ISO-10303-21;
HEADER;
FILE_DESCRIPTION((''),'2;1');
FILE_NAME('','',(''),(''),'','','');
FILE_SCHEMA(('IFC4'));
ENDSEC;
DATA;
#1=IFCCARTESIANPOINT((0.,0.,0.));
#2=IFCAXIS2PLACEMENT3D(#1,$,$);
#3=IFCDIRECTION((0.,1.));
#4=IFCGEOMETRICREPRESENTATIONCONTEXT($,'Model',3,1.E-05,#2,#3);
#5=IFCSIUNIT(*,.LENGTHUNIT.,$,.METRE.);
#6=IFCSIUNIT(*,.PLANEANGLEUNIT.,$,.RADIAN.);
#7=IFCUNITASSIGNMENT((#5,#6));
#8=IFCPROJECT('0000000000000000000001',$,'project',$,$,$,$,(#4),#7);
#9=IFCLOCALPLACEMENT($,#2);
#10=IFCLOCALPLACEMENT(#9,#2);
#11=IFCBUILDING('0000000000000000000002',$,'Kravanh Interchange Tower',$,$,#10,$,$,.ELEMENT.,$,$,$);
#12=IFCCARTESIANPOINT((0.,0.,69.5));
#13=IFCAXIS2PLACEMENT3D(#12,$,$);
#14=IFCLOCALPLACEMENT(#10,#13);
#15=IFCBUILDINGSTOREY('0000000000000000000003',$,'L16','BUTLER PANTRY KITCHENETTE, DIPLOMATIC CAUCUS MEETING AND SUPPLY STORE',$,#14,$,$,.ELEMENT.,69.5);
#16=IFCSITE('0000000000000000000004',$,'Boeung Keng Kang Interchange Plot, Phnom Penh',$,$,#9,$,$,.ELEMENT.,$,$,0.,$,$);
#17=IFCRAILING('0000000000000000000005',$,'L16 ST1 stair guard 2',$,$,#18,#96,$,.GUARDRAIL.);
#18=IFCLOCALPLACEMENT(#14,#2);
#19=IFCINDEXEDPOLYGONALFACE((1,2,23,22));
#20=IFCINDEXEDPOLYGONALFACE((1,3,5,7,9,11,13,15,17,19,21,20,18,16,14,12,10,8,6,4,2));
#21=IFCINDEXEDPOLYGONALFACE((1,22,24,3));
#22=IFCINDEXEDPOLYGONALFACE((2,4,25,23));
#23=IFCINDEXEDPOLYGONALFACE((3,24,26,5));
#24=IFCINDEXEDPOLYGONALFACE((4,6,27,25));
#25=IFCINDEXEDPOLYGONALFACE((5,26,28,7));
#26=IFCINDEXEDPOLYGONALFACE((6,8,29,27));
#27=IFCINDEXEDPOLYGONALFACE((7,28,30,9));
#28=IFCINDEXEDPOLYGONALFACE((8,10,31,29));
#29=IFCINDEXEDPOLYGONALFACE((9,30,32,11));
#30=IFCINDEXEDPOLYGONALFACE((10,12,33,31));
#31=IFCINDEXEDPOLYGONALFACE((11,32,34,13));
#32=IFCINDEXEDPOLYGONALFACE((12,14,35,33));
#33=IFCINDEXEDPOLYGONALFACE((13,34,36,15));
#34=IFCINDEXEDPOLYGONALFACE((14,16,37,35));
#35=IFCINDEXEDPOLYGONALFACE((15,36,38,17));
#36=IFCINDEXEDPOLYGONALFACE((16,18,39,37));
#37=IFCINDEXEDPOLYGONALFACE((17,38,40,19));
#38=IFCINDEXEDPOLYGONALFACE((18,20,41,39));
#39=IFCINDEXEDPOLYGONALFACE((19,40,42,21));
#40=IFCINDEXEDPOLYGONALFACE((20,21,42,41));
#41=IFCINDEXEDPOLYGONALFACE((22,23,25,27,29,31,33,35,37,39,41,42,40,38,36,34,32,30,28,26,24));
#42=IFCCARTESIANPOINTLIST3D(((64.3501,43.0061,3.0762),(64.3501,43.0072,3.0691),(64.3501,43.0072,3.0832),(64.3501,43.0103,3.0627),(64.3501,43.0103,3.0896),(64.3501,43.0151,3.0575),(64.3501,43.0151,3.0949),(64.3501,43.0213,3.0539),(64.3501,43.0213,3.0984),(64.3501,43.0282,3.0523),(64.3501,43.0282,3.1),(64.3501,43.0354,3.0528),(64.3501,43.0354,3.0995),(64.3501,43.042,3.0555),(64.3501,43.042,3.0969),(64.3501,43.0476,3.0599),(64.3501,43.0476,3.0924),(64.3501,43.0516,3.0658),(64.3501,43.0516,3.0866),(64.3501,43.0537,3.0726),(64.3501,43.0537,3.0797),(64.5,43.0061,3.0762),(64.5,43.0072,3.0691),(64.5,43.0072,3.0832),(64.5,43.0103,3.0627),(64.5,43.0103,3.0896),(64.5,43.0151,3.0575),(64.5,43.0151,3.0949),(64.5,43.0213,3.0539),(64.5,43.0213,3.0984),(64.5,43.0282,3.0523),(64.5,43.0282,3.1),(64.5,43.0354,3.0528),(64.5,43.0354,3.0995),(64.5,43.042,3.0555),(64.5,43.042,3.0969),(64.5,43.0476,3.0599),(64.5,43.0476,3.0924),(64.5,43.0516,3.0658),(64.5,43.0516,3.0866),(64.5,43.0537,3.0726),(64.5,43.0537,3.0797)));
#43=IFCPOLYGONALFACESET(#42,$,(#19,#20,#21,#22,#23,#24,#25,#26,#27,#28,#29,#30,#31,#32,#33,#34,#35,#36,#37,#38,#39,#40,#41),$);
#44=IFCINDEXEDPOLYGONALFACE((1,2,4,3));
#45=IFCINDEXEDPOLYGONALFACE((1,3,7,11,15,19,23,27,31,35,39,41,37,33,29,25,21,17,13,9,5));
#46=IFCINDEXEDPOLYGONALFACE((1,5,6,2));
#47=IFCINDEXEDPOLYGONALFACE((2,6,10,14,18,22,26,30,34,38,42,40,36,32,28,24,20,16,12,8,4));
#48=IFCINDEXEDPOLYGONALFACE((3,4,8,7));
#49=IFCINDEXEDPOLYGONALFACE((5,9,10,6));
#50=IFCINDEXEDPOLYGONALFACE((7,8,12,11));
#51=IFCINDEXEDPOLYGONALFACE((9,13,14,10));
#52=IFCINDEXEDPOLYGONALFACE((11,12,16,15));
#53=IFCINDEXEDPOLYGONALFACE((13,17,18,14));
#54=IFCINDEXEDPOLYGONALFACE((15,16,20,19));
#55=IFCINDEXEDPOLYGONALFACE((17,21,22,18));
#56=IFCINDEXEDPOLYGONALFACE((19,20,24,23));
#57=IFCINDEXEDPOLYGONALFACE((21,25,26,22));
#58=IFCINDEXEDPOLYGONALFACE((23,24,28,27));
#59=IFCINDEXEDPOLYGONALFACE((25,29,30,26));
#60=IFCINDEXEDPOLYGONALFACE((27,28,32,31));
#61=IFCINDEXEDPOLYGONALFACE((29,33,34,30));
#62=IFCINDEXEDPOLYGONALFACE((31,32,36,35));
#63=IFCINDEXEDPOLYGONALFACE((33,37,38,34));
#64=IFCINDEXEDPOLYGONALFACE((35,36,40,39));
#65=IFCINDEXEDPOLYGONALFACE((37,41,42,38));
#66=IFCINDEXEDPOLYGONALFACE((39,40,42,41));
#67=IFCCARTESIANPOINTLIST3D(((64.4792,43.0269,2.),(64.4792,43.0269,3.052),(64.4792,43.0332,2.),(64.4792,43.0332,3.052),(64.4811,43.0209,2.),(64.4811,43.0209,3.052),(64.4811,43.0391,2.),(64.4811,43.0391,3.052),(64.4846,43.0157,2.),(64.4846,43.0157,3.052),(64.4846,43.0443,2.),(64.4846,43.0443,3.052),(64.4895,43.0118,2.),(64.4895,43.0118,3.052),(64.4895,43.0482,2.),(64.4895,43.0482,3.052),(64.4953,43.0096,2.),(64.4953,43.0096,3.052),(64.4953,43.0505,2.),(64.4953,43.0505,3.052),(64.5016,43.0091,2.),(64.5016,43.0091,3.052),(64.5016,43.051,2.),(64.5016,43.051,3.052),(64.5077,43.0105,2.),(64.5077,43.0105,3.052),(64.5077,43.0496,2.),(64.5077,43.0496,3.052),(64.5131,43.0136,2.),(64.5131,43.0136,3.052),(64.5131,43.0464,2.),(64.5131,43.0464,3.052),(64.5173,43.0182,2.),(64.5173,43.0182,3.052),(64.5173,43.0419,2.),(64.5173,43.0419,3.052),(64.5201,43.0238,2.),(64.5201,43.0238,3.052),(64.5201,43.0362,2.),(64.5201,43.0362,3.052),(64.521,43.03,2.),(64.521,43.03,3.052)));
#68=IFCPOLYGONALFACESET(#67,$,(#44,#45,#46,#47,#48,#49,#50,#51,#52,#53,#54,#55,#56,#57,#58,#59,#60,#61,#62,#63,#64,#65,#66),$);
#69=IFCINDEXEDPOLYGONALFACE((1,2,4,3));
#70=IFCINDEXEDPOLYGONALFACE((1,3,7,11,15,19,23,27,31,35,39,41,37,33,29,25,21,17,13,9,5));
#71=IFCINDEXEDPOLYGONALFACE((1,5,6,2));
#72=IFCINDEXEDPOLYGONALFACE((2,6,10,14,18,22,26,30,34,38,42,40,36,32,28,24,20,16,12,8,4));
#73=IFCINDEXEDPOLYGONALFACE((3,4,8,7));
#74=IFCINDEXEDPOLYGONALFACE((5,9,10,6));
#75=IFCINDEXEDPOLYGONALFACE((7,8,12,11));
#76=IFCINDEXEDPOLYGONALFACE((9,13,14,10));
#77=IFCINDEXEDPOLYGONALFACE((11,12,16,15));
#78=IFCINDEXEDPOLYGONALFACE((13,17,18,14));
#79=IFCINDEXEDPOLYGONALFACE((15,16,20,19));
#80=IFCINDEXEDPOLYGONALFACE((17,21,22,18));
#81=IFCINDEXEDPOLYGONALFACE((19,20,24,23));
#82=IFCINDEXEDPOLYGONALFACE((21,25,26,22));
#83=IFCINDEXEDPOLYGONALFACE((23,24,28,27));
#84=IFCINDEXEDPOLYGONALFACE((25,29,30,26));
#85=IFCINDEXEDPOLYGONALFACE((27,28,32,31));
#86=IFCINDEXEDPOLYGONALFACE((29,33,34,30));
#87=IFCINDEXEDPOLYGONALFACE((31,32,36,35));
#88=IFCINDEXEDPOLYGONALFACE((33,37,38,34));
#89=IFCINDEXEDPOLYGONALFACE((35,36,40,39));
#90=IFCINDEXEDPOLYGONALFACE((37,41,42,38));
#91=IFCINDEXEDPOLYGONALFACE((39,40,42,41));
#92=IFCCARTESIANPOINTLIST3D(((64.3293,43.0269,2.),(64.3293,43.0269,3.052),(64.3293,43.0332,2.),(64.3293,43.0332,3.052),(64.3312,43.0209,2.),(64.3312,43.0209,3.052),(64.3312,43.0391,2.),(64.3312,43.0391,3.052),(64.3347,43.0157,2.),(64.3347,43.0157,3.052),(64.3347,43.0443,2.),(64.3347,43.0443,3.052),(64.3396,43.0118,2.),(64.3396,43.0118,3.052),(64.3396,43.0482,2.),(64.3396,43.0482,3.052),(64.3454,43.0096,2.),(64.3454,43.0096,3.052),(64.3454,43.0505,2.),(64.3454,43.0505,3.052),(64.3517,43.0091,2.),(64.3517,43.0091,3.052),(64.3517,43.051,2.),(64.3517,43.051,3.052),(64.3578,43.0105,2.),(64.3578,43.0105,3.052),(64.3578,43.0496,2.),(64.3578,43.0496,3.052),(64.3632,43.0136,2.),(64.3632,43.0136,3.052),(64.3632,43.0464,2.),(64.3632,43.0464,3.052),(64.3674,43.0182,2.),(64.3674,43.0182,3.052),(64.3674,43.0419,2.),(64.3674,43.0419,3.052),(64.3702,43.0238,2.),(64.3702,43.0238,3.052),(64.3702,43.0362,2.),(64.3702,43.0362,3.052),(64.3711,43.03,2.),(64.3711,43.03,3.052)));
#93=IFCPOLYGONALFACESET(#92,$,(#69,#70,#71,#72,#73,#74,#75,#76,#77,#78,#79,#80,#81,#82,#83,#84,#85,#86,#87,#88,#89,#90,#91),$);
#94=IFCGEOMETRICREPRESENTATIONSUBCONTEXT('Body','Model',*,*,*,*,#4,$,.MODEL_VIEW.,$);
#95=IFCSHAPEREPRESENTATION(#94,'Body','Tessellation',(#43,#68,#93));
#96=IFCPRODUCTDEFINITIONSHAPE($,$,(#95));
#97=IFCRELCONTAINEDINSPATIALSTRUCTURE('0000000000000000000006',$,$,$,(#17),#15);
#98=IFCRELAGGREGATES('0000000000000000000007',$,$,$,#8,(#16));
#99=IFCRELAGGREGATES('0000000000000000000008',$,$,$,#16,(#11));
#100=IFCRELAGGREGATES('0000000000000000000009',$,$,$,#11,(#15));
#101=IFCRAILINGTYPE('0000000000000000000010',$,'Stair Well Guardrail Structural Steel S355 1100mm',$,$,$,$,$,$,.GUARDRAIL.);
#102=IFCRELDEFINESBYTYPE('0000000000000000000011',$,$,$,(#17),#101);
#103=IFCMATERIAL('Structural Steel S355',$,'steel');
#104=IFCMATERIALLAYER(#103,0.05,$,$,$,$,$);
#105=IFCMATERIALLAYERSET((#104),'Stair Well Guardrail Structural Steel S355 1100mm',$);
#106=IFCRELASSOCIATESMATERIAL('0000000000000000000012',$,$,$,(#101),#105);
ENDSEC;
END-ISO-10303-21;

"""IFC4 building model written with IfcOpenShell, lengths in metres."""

from ifc_helpers import new_model, si_unit, direction, frame, origin, origin_2d, place, context, subcontext, project, spatial, circle, extrude, material, layer, layer_set, type_object, element, save


model = new_model("IFC4")

# Units and contexts
model_context = context("Model", 3, precision=1e-05, world=origin(), true_north=direction((0.0, 1.0)))
body_context = subcontext(model_context, "Body", "Model", "MODEL_VIEW")
ifc_project = project(units=[si_unit("LENGTHUNIT", "METRE"), si_unit("PLANEANGLEUNIT", "RADIAN")], contexts=[model_context])

# Site, building, storey
site_placement = place(None, origin())
site = spatial("IfcSite", under=ifc_project, at=site_placement, Name="Boeung Keng Kang Interchange Plot, Phnom Penh", CompositionType="ELEMENT", RefElevation=0.0)
building_placement = place(site_placement, origin())
building = spatial("IfcBuilding", under=site, at=building_placement, Name="Kravanh Interchange Tower", CompositionType="ELEMENT")
storey_placement = place(building_placement, frame((0.0, 0.0, 69.5)))
storey = spatial("IfcBuildingStorey", under=building, at=storey_placement, Name="L16", Description="BUTLER PANTRY KITCHENETTE, DIPLOMATIC CAUCUS MEETING AND SUPPLY STORE", CompositionType="ELEMENT", Elevation=69.5)

# Railing
ifc_material_1 = material(Name="Structural Steel S355", Category="steel")
ifc_layer_1 = layer(ifc_material_1, 0.05)
ifc_layer_set_1 = layer_set([ifc_layer_1], Name="Stair Well Guardrail Structural Steel S355 1100mm")
railing_type_1 = type_object("IfcRailingType", Name="Stair Well Guardrail Structural Steel S355 1100mm", PredefinedType="GUARDRAIL", material=ifc_layer_set_1)
railing_1_placement = place(storey_placement, frame((64.5, 43.03, 2.0)))
element("IfcRailing", 1, at=railing_1_placement, inside=storey, type_object=railing_type_1, Name="L16 ST1 stair guard 2", PredefinedType="GUARDRAIL", context=body_context, shape_type="SweptSolid", body=[
    extrude(circle(Radius=0.0239, at=origin_2d()), frame((0.0, 0.0, 1.0762), z_axis=(-1.0, 0.0, 0.0), x_axis=(0.0, -1.0, 0.0)), (0.0, 0.0, 1.0), 0.1499),
    extrude(circle(Radius=0.021, at=origin_2d()), origin(), (0.0, 0.0, 1.0), 1.052),
    extrude(circle(Radius=0.021, at=origin_2d()), frame((-0.1499, 0.0, 0.0)), (0.0, 0.0, 1.0), 1.052),
])

save(model, "model.ifc")
